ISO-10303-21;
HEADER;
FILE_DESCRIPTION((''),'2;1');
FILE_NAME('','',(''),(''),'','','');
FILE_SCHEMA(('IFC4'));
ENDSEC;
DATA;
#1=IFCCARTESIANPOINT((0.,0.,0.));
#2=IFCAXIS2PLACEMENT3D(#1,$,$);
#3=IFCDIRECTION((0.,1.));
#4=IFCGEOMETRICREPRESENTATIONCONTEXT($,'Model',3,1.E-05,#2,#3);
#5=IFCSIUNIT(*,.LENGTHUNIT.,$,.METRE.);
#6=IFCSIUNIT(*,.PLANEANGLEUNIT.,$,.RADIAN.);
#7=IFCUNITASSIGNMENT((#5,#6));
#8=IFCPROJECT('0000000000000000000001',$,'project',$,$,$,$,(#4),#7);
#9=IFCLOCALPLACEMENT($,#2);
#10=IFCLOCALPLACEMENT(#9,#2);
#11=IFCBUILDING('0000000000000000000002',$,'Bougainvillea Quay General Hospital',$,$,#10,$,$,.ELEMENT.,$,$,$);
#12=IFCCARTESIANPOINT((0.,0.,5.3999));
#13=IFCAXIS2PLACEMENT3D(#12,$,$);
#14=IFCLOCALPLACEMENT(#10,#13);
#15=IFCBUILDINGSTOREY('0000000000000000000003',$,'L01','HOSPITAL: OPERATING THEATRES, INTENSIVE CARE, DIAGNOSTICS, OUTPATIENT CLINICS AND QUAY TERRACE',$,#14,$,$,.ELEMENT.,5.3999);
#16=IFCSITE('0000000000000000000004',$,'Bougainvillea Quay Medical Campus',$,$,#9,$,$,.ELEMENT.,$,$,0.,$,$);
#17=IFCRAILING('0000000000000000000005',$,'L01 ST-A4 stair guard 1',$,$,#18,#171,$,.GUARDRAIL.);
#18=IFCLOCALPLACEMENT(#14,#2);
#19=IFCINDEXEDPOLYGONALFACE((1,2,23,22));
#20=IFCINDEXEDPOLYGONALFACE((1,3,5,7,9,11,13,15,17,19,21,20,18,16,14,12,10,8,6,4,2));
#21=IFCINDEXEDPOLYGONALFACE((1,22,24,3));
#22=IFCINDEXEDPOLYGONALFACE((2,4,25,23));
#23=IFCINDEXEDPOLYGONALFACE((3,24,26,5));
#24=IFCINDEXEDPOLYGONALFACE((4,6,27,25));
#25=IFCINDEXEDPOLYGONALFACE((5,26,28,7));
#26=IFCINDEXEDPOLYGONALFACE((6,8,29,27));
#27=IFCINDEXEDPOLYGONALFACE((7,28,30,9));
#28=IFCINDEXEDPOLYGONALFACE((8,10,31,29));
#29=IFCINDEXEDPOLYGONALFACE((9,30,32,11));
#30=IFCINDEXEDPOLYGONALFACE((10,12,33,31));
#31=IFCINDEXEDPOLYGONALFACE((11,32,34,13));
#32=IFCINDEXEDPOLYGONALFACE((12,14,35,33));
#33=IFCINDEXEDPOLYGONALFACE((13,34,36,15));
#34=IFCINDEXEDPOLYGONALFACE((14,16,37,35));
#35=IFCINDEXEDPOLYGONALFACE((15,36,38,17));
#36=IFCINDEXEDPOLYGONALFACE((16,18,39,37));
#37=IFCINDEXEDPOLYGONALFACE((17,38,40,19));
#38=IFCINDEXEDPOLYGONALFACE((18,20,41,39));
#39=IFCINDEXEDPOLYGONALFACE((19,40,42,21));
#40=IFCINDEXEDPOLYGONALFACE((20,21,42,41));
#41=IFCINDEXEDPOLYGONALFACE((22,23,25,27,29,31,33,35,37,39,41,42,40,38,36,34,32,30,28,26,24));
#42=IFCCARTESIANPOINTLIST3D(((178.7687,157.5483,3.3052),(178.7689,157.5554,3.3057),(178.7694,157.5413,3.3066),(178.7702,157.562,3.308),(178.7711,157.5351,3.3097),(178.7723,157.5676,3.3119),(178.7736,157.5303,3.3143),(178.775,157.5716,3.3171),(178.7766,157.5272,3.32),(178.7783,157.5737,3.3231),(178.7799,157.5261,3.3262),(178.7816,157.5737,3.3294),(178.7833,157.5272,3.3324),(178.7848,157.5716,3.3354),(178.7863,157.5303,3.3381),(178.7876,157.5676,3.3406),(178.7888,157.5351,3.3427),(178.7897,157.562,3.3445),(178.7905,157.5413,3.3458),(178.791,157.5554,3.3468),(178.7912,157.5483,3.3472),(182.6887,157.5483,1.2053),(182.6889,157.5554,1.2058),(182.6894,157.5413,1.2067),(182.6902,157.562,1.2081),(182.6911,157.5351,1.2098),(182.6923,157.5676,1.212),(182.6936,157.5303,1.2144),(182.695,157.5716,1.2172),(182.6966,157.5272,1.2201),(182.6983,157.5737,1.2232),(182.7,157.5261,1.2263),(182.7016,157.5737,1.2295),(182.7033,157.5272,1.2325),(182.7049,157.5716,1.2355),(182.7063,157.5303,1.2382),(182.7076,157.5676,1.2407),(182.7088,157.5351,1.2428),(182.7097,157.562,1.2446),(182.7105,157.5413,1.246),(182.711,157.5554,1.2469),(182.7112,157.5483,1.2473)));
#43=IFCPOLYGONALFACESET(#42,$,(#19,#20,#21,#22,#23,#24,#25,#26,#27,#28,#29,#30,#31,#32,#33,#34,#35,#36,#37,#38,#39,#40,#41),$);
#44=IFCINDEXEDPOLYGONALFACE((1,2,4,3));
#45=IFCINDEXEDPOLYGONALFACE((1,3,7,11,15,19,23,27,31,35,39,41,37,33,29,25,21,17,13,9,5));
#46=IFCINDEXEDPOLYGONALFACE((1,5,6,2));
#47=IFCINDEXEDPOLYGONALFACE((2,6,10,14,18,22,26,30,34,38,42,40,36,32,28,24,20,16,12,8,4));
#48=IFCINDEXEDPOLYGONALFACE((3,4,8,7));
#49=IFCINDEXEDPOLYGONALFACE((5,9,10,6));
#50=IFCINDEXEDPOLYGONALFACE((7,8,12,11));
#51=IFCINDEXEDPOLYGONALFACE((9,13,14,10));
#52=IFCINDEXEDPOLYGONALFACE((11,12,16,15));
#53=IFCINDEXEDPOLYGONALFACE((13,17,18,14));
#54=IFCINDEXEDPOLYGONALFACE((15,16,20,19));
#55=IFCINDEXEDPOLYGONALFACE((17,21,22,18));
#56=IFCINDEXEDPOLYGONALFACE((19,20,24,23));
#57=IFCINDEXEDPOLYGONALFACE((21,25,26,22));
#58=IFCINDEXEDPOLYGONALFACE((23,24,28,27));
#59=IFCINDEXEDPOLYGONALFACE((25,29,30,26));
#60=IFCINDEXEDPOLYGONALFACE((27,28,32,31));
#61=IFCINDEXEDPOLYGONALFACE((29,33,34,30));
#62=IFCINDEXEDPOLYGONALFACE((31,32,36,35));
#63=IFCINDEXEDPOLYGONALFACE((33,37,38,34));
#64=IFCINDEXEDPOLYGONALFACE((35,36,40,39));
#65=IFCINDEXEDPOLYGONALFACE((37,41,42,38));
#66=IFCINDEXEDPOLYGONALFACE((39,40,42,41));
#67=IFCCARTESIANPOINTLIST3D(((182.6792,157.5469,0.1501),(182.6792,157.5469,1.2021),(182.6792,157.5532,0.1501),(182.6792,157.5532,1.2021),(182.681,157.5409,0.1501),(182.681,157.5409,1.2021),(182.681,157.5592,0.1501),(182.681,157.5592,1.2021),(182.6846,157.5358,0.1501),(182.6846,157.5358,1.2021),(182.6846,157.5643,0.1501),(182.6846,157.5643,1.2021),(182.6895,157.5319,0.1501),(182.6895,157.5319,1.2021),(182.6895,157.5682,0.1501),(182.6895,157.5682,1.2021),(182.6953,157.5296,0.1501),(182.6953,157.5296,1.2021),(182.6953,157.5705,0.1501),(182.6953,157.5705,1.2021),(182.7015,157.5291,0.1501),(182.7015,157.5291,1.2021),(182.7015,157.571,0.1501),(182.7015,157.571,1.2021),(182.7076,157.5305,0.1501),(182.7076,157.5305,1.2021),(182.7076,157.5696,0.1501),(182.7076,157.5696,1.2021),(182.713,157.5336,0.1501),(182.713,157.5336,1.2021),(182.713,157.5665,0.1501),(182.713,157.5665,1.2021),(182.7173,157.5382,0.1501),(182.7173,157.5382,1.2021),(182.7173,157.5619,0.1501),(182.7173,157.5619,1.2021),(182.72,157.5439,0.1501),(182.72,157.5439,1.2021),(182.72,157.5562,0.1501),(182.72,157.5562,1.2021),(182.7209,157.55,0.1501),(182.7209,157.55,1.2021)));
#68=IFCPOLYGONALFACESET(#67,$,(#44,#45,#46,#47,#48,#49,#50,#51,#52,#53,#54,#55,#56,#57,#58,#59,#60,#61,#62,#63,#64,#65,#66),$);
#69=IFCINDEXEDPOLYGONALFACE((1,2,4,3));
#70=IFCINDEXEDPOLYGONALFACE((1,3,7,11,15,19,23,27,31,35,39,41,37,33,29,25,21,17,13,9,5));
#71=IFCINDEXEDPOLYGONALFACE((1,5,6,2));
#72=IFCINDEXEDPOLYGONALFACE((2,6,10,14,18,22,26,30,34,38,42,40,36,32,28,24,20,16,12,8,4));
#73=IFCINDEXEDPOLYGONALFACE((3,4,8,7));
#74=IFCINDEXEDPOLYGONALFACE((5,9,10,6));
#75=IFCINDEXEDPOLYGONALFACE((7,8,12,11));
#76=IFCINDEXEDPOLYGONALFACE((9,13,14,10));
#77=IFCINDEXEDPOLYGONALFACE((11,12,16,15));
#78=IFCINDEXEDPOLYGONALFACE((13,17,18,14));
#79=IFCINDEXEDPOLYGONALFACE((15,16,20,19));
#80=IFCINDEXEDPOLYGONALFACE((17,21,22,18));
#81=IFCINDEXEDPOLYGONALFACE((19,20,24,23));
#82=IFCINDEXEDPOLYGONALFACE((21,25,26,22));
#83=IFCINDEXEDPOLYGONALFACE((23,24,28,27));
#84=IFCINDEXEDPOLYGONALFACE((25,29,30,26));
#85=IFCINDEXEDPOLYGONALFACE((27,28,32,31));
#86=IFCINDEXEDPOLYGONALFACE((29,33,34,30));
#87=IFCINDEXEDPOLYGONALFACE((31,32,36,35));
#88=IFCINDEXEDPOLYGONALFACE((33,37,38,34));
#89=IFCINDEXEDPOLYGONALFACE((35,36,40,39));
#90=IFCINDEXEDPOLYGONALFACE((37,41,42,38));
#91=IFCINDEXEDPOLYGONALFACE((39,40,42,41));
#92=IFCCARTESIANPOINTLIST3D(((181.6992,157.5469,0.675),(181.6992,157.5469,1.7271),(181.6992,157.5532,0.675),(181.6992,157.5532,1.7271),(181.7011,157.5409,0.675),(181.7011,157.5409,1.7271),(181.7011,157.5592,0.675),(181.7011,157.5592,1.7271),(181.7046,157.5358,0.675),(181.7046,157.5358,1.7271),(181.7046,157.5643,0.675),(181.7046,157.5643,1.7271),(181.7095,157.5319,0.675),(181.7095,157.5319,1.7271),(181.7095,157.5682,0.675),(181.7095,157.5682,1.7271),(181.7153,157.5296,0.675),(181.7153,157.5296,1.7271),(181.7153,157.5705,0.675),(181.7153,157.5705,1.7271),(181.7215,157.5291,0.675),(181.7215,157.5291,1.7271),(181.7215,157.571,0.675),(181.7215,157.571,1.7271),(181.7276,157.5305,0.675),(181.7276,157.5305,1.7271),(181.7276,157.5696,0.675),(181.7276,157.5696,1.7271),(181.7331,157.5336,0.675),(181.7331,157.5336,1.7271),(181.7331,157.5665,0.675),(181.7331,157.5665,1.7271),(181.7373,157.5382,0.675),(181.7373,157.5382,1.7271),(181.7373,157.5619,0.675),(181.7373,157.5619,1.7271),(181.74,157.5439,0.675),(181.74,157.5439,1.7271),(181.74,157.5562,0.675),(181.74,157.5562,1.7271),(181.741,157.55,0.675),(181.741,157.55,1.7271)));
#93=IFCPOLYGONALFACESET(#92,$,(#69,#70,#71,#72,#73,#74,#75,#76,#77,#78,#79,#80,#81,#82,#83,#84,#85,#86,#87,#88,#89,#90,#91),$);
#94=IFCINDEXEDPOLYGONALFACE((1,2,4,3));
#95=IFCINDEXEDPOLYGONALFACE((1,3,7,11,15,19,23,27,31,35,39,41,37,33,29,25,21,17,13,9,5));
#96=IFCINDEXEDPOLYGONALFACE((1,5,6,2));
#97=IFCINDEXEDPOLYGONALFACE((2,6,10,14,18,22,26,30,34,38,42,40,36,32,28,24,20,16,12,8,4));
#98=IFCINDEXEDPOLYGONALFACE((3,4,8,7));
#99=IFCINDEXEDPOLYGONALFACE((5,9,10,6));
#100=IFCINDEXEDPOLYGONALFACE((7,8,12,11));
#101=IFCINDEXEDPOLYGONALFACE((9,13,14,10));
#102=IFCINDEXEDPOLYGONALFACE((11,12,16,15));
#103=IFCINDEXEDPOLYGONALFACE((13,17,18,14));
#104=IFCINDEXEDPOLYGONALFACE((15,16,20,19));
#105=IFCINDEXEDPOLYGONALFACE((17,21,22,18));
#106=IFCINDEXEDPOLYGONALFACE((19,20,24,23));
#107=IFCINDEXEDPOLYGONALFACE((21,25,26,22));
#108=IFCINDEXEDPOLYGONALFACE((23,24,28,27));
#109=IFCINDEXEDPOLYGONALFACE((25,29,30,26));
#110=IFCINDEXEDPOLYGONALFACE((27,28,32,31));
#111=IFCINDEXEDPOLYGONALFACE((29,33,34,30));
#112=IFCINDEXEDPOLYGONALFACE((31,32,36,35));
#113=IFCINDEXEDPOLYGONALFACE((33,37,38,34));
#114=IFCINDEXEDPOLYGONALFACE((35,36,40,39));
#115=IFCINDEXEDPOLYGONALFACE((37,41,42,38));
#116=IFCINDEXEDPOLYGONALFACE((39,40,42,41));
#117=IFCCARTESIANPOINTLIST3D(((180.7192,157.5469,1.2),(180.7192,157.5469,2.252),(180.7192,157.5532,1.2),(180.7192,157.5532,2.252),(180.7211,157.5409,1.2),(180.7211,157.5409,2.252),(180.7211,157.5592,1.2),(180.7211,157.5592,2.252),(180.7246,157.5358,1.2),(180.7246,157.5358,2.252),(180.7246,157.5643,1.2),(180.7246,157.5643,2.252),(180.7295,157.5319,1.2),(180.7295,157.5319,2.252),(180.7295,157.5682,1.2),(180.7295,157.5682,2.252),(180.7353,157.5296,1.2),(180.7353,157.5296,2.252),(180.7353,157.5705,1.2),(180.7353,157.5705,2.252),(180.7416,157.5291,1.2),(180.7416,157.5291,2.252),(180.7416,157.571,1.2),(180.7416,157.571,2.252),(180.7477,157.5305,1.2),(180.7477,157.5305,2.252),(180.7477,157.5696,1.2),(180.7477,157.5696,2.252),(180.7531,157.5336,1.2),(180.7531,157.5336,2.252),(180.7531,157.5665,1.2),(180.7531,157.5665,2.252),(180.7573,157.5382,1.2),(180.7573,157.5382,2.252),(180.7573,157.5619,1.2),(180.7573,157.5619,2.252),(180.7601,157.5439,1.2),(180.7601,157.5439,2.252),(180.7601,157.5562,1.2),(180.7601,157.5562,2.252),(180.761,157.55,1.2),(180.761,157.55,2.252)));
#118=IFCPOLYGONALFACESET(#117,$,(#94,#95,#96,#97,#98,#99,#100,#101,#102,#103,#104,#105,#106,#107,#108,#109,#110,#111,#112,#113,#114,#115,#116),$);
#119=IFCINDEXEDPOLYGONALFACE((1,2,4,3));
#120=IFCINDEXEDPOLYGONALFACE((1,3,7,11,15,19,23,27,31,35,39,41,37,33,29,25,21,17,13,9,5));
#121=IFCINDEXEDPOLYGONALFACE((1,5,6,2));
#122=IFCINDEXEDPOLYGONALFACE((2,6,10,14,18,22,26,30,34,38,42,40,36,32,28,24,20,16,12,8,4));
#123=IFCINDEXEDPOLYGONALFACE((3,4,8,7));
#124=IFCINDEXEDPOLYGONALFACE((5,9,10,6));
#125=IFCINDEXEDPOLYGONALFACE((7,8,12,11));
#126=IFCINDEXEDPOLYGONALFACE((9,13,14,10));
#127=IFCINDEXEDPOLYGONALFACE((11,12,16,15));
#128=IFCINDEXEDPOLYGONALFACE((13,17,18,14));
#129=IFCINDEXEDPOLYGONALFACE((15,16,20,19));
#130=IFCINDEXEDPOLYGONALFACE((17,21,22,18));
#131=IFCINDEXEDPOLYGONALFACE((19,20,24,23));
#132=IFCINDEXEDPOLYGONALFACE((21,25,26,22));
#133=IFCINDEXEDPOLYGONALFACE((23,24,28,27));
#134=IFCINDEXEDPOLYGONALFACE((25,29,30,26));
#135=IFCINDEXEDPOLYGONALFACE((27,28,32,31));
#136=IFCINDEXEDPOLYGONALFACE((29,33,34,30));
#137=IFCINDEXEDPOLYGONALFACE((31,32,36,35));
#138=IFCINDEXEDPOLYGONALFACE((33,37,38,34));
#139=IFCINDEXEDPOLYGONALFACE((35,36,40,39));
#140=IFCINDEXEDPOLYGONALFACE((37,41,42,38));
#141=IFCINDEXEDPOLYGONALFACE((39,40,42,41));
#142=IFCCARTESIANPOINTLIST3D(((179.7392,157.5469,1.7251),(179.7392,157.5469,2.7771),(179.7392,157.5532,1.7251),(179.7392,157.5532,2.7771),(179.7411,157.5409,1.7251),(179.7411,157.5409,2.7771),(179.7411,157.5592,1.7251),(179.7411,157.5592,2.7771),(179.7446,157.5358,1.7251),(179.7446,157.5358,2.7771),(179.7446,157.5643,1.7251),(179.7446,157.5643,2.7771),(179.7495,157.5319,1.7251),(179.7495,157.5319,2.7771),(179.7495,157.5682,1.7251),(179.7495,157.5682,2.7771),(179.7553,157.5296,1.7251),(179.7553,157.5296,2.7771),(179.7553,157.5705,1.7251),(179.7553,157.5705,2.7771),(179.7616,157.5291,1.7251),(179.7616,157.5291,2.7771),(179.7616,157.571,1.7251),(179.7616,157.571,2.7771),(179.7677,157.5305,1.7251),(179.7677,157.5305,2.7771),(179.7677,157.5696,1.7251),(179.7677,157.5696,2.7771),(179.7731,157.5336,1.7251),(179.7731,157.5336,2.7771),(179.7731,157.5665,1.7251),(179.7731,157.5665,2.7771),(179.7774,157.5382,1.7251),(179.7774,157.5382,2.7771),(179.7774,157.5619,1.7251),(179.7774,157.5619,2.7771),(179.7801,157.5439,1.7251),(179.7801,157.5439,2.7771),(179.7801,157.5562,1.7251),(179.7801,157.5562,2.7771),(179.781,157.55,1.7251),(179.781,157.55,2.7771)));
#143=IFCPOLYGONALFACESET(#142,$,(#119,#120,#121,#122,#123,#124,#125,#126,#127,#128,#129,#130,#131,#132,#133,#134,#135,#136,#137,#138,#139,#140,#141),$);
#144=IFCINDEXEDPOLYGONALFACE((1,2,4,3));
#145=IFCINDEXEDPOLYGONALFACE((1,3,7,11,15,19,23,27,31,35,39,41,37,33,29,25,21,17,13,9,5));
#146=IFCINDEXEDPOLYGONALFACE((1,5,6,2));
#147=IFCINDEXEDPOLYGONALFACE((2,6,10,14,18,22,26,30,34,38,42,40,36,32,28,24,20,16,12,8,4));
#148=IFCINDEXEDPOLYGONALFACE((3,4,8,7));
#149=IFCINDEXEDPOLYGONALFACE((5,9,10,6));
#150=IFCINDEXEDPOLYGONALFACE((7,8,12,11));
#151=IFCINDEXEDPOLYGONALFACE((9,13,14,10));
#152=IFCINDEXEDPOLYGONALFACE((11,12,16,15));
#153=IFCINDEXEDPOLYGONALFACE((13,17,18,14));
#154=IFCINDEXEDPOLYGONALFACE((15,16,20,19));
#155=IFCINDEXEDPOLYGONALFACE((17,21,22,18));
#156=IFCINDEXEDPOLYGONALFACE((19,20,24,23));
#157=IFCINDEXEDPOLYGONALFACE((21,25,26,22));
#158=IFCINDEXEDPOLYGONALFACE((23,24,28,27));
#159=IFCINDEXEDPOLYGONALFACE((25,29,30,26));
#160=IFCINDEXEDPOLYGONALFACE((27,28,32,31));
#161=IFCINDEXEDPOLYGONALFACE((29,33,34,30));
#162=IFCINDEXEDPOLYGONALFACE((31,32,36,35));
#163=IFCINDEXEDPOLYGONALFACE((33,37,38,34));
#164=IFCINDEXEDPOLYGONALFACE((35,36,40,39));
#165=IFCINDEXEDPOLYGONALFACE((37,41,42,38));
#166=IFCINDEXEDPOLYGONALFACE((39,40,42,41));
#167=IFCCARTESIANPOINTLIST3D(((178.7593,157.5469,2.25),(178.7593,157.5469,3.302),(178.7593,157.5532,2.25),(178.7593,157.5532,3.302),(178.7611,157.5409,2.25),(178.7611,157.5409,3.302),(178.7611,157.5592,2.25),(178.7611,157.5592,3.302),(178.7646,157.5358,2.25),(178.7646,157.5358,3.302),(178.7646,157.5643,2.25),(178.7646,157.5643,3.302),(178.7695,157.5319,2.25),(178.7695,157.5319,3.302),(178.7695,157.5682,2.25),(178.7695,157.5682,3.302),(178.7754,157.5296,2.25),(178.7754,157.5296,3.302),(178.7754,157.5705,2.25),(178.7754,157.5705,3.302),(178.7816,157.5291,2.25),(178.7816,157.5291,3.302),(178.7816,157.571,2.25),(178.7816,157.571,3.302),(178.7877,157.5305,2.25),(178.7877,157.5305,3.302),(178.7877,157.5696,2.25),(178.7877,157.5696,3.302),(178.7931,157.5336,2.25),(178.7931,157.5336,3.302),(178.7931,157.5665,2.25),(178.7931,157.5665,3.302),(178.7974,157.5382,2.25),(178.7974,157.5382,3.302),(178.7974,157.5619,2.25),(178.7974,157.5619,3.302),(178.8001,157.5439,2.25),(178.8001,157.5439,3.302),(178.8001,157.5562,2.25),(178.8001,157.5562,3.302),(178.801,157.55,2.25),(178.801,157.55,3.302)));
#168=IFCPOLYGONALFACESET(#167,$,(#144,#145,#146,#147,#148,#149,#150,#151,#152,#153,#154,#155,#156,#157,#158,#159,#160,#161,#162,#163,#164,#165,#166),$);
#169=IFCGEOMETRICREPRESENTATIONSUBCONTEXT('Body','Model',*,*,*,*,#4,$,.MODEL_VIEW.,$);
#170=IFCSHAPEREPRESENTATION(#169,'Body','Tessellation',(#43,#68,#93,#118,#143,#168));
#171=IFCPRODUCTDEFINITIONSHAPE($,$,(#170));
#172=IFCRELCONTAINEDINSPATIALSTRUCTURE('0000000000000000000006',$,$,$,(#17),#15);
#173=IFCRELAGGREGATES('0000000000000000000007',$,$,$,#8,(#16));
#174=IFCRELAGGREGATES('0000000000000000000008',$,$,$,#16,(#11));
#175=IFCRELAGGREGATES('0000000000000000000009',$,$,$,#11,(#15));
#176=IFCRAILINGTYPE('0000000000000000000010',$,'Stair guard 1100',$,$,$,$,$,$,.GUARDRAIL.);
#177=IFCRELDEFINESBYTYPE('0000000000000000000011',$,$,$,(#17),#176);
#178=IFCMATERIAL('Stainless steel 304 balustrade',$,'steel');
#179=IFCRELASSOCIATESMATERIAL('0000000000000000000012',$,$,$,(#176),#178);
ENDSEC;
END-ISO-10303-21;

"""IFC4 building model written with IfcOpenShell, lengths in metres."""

from ifc_helpers import new_model, si_unit, direction, frame, origin, origin_2d, place, context, subcontext, project, spatial, circle, extrude, material, type_object, element, save


model = new_model("IFC4")

# Units and contexts
model_context = context("Model", 3, precision=1e-05, world=origin(), true_north=direction((0.0, 1.0)))
body_context = subcontext(model_context, "Body", "Model", "MODEL_VIEW")
ifc_project = project(units=[si_unit("LENGTHUNIT", "METRE"), si_unit("PLANEANGLEUNIT", "RADIAN")], contexts=[model_context])

# Site, building, storey
site_placement = place(None, origin())
site = spatial("IfcSite", under=ifc_project, at=site_placement, Name="Bougainvillea Quay Medical Campus", CompositionType="ELEMENT", RefElevation=0.0)
building_placement = place(site_placement, origin())
building = spatial("IfcBuilding", under=site, at=building_placement, Name="Bougainvillea Quay General Hospital", CompositionType="ELEMENT")
storey_placement = place(building_placement, frame((0.0, 0.0, 5.3999)))
storey = spatial("IfcBuildingStorey", under=building, at=storey_placement, Name="L01", Description="HOSPITAL: OPERATING THEATRES, INTENSIVE CARE, DIAGNOSTICS, OUTPATIENT CLINICS AND QUAY TERRACE", CompositionType="ELEMENT", Elevation=5.3999)

# Railing
ifc_material_1 = material(Name="Stainless steel 304 balustrade", Category="steel")
railing_type_1 = type_object("IfcRailingType", Name="Stair guard 1100", PredefinedType="GUARDRAIL", material=ifc_material_1)
railing_1_placement = place(storey_placement, frame((182.7, 157.55, 0.1501)))
element("IfcRailing", 1, at=railing_1_placement, inside=storey, type_object=railing_type_1, Name="L01 ST-A4 stair guard 1", PredefinedType="GUARDRAIL", context=body_context, shape_type="SweptSolid", body=[
    extrude(circle(Radius=0.0239, at=origin_2d()), frame((0.0, 0.0, 1.0762), z_axis=(-0.88149, 0.0, 0.472203), x_axis=(0.0, -1.0, 0.0)), (0.0, 0.0, 1.0), 4.447),
    extrude(circle(Radius=0.021, at=origin_2d()), origin(), (0.0, 0.0, 1.0), 1.052),
    extrude(circle(Radius=0.021, at=origin_2d()), frame((-0.98, 0.0, 0.5249)), (0.0, 0.0, 1.0), 1.052),
    extrude(circle(Radius=0.021, at=origin_2d()), frame((-1.96, 0.0, 1.0498)), (0.0, 0.0, 1.0), 1.052),
    extrude(circle(Radius=0.021, at=origin_2d()), frame((-2.9399, 0.0, 1.575)), (0.0, 0.0, 1.0), 1.052),
    extrude(circle(Radius=0.021, at=origin_2d()), frame((-3.9199, 0.0, 2.0999)), (0.0, 0.0, 1.0), 1.052),
])

save(model, "model.ifc")
